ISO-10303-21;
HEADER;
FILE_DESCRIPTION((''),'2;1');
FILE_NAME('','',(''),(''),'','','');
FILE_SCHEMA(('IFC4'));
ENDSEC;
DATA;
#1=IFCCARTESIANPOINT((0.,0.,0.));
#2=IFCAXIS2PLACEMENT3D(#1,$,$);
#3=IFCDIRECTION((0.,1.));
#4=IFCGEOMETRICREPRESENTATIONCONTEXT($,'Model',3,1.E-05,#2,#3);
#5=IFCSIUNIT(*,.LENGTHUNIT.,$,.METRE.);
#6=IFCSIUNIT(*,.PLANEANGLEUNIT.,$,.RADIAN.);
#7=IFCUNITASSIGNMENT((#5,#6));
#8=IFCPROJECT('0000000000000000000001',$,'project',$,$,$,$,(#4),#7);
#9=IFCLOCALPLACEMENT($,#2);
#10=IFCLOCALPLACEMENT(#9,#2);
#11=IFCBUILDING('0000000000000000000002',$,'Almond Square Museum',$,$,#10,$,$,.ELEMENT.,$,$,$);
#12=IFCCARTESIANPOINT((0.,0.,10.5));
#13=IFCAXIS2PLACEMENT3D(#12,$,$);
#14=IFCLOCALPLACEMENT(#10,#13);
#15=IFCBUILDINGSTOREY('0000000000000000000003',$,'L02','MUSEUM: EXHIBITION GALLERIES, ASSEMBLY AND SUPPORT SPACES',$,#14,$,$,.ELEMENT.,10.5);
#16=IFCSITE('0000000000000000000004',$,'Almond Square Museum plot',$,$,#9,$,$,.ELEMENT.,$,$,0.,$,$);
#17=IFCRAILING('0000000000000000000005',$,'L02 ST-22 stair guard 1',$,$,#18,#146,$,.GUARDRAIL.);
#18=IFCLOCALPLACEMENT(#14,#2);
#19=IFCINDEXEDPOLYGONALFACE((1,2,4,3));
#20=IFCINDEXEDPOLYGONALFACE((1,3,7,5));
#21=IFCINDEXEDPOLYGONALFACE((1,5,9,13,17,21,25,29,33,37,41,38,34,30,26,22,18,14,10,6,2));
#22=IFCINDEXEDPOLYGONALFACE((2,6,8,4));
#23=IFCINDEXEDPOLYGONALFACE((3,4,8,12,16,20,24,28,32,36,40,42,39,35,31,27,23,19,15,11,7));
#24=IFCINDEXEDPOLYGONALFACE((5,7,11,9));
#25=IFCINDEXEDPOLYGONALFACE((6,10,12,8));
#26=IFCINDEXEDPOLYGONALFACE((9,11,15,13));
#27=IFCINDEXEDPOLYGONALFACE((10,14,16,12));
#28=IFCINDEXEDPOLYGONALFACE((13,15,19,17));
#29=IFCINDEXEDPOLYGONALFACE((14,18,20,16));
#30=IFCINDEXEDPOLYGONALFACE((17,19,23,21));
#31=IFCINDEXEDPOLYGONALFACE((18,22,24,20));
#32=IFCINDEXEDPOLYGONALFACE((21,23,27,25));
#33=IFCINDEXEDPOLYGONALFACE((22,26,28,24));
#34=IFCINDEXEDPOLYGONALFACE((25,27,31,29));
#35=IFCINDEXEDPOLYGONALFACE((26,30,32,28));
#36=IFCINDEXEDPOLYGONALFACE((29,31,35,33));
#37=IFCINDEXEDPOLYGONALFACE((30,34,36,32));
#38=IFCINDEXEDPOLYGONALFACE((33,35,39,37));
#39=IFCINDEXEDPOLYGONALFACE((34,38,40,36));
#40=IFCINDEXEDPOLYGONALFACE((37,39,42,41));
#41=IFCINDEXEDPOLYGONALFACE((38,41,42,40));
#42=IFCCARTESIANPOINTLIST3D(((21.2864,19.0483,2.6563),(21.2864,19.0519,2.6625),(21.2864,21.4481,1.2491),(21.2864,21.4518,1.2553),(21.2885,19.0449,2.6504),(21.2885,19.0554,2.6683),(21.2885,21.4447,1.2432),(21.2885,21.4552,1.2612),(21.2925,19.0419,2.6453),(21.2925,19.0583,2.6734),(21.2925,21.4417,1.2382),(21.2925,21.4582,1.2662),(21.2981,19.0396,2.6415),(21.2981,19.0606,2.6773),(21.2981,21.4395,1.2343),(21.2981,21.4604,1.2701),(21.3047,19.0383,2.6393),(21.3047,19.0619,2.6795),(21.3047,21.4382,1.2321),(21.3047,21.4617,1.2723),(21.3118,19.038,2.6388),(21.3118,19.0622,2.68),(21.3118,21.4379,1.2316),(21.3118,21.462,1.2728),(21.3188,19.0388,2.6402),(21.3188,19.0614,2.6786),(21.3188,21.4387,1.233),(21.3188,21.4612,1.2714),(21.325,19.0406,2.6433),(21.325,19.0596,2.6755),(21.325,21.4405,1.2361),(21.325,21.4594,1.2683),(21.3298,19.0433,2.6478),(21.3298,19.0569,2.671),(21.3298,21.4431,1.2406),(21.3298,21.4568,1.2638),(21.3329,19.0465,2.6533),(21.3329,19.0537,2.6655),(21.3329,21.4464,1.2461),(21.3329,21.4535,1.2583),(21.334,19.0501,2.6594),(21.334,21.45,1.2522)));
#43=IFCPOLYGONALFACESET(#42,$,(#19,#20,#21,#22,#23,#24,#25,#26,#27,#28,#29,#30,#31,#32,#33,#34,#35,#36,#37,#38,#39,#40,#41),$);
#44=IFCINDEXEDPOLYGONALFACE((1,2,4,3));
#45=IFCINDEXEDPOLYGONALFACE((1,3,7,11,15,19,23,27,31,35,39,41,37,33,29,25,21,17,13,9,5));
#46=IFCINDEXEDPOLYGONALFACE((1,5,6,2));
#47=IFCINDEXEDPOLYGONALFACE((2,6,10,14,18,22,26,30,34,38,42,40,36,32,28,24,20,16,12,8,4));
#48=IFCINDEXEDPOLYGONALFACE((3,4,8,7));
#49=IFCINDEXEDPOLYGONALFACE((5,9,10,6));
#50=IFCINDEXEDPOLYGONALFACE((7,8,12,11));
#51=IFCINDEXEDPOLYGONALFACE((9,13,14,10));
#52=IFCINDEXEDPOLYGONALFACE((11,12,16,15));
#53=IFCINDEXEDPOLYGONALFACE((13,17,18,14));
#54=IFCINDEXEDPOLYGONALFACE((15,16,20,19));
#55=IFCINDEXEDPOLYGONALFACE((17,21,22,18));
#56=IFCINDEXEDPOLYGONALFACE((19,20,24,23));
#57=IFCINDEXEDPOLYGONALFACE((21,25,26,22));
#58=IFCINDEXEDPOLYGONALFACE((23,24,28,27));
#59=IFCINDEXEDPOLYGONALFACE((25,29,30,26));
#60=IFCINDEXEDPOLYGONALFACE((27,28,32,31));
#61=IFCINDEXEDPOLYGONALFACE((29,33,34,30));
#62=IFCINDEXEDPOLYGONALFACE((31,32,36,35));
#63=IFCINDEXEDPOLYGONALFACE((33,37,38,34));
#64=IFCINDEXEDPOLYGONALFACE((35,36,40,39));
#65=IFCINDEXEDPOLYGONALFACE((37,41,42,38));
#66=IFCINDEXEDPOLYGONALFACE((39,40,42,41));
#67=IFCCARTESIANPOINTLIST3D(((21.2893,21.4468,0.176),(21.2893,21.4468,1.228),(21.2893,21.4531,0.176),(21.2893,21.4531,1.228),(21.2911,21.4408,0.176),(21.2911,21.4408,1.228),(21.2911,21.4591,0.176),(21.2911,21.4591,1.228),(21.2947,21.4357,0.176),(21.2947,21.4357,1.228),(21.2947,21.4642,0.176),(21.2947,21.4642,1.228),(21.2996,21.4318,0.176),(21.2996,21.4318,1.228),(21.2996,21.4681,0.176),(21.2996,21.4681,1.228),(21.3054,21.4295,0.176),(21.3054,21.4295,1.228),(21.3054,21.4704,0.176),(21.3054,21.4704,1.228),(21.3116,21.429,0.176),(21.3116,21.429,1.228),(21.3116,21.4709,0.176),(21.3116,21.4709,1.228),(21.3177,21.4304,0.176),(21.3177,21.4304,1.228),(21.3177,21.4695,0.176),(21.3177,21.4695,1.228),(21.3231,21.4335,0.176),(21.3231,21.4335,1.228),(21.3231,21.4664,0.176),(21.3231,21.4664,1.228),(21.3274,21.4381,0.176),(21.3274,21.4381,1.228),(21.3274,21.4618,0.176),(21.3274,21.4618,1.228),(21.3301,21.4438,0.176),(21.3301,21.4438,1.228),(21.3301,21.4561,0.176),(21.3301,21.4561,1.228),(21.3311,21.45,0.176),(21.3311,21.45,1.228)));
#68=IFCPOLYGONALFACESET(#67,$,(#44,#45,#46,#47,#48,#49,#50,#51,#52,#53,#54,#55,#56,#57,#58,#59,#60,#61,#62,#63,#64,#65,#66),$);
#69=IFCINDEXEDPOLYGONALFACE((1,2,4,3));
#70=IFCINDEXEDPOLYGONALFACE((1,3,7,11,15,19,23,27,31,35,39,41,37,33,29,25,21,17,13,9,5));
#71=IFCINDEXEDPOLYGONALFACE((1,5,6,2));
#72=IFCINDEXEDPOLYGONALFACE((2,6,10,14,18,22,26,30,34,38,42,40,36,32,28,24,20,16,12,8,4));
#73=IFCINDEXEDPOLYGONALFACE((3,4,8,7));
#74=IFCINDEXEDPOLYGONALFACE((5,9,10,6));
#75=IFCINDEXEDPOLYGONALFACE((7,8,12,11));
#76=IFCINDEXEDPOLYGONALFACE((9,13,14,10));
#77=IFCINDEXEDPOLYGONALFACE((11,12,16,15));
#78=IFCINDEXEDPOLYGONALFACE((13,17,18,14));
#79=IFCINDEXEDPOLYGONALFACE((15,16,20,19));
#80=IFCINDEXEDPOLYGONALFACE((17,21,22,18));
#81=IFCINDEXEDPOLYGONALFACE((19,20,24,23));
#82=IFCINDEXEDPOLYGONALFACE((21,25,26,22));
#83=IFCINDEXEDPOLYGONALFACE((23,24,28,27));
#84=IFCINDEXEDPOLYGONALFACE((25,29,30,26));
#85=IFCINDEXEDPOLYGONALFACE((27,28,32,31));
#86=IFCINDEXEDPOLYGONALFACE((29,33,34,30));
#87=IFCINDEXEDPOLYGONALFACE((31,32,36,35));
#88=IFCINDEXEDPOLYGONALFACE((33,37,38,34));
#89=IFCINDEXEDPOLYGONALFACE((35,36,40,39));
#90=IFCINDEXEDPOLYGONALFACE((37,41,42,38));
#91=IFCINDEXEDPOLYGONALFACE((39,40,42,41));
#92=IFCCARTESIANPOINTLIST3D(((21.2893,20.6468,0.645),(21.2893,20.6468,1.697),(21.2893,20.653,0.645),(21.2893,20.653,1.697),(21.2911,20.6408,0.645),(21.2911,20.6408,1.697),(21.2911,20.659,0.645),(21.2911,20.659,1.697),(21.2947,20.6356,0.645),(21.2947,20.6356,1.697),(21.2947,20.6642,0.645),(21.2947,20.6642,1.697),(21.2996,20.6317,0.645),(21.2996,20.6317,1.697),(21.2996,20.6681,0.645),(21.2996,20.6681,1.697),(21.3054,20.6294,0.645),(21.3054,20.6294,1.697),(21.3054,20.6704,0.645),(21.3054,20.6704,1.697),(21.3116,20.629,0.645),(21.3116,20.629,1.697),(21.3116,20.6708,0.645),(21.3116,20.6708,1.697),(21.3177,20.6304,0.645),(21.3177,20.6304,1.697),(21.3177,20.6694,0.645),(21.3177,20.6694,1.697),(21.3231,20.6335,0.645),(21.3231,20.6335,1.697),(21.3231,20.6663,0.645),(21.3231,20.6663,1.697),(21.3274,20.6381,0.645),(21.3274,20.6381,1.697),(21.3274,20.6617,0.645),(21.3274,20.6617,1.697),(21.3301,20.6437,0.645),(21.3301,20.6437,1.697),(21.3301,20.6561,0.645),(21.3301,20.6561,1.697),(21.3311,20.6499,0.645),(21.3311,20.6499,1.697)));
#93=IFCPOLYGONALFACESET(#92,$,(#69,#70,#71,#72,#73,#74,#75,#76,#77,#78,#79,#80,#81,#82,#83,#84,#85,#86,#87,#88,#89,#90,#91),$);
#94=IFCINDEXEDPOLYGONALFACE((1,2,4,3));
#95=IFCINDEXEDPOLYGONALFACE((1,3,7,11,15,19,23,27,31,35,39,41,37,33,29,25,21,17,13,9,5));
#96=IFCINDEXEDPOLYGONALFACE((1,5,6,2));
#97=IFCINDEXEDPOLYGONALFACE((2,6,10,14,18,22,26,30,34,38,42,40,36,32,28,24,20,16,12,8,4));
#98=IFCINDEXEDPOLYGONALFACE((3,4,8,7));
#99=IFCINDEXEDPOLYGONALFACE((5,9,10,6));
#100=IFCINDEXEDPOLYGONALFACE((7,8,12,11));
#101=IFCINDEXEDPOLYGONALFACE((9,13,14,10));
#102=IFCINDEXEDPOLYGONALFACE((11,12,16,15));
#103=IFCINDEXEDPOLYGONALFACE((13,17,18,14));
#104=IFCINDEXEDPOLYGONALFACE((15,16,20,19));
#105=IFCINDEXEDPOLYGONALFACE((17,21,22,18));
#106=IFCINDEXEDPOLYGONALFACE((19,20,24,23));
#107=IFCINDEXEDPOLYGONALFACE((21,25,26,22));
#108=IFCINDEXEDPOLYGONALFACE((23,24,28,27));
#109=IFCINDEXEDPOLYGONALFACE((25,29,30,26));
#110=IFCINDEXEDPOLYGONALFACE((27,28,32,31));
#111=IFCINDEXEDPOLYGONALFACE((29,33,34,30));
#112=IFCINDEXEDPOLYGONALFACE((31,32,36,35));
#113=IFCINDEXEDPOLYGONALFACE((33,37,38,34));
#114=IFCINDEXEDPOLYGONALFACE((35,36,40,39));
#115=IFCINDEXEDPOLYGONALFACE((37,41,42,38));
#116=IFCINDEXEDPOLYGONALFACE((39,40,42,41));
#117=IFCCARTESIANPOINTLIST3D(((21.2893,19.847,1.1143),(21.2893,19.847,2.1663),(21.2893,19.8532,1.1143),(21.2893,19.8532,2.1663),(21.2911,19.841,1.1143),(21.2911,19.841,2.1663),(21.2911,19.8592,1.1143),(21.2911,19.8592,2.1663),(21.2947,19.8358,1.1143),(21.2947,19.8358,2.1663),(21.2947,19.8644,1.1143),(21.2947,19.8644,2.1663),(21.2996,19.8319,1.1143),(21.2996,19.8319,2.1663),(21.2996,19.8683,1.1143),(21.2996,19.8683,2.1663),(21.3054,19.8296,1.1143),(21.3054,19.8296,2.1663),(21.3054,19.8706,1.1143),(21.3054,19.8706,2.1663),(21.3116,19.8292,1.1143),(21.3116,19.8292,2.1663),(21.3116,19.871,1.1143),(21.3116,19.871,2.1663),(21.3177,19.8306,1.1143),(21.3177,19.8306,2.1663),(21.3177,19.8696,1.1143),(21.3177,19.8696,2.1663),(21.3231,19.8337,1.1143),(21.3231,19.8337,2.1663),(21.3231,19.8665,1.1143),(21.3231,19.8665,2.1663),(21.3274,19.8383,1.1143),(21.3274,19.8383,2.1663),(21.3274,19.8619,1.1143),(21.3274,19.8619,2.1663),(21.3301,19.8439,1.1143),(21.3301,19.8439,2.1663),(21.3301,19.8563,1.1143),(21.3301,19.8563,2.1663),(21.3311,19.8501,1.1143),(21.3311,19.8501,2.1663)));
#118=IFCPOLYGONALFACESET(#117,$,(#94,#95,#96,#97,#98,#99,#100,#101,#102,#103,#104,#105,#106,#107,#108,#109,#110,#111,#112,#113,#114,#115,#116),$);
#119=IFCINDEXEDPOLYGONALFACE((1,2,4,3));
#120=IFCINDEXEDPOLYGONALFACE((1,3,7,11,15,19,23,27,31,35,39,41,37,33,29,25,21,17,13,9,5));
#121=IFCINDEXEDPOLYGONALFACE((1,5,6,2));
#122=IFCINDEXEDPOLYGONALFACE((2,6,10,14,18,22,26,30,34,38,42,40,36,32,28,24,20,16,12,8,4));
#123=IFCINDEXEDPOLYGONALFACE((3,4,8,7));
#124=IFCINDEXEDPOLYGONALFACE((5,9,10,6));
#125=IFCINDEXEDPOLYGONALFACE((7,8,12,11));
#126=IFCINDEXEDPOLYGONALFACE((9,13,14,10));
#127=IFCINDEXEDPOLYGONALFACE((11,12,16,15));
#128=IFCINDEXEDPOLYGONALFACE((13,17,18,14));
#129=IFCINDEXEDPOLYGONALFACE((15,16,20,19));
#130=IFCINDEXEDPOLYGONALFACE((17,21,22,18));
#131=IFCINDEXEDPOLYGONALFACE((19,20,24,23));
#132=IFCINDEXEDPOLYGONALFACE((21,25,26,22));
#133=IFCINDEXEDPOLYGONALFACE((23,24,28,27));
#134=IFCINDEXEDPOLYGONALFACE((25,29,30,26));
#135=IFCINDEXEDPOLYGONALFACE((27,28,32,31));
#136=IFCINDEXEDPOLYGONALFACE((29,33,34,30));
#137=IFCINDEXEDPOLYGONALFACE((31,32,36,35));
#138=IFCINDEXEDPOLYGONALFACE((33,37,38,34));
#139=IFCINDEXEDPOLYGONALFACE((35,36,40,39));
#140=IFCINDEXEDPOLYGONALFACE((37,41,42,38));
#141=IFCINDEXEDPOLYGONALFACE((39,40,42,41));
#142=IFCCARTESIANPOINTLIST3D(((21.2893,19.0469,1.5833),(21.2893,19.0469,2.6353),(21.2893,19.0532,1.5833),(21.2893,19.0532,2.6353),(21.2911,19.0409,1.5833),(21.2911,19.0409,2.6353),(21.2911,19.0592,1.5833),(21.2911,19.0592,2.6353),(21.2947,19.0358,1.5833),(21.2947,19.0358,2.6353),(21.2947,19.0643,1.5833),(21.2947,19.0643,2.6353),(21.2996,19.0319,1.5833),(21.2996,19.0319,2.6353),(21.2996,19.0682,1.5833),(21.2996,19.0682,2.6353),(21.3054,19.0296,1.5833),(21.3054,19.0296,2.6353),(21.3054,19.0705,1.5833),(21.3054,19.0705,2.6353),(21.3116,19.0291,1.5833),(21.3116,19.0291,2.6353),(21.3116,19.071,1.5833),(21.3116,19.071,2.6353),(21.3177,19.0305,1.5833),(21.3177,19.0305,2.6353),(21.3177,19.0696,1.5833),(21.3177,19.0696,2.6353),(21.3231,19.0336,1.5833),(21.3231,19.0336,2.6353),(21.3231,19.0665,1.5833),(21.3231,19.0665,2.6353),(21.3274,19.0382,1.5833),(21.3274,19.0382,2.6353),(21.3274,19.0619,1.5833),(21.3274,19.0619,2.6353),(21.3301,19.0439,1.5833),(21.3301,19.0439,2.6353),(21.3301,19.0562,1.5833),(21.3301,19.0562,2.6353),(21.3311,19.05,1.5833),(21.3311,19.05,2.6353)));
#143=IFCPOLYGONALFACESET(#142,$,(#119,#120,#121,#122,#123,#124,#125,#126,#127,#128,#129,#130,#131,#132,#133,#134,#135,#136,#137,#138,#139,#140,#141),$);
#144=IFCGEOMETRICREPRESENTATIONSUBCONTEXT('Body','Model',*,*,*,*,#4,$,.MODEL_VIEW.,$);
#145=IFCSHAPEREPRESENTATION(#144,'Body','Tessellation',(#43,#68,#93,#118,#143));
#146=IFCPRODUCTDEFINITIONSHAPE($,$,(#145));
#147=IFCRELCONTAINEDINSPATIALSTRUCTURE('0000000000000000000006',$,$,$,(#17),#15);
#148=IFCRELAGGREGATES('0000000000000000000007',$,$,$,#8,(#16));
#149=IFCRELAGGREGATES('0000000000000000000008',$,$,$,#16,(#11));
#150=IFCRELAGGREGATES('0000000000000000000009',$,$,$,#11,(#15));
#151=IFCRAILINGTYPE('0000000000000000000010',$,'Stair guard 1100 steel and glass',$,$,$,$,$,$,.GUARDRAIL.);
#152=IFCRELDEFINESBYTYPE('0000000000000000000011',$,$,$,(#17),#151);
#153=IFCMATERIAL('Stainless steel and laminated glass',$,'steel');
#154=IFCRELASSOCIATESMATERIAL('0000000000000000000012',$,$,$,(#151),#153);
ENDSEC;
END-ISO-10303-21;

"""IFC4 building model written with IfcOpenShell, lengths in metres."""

from ifc_helpers import new_model, si_unit, direction, frame, origin, origin_2d, place, context, subcontext, project, spatial, circle, extrude, material, type_object, element, save


model = new_model("IFC4")

# Units and contexts
model_context = context("Model", 3, precision=1e-05, world=origin(), true_north=direction((0.0, 1.0)))
body_context = subcontext(model_context, "Body", "Model", "MODEL_VIEW")
ifc_project = project(units=[si_unit("LENGTHUNIT", "METRE"), si_unit("PLANEANGLEUNIT", "RADIAN")], contexts=[model_context])

# Site, building, storey
site_placement = place(None, origin())
site = spatial("IfcSite", under=ifc_project, at=site_placement, Name="Almond Square Museum plot", CompositionType="ELEMENT", RefElevation=0.0)
building_placement = place(site_placement, origin())
building = spatial("IfcBuilding", under=site, at=building_placement, Name="Almond Square Museum", CompositionType="ELEMENT")
storey_placement = place(building_placement, frame((0.0, 0.0, 10.5)))
storey = spatial("IfcBuildingStorey", under=building, at=storey_placement, Name="L02", Description="MUSEUM: EXHIBITION GALLERIES, ASSEMBLY AND SUPPORT SPACES", CompositionType="ELEMENT", Elevation=10.5)

# Railing
ifc_material_1 = material(Name="Stainless steel and laminated glass", Category="steel")
railing_type_1 = type_object("IfcRailingType", Name="Stair guard 1100 steel and glass", PredefinedType="GUARDRAIL", material=ifc_material_1)
railing_1_placement = place(storey_placement, frame((21.3101, 21.45, 0.176)))
element("IfcRailing", 1, at=railing_1_placement, inside=storey, type_object=railing_type_1, Name="L02 ST-22 stair guard 1", PredefinedType="GUARDRAIL", context=body_context, shape_type="SweptSolid", body=[
    extrude(circle(Radius=0.0239, at=origin_2d()), frame((0.0, 0.0, 1.0762), z_axis=(0.0, -0.862637, 0.505823), x_axis=(1.0, 0.0, 0.0)), (0.0, 0.0, 1.0), 2.782),
    extrude(circle(Radius=0.021, at=origin_2d()), origin(), (0.0, 0.0, 1.0), 1.052),
    extrude(circle(Radius=0.021, at=origin_2d()), frame((0.0, -0.8, 0.469)), (0.0, 0.0, 1.0), 1.052),
    extrude(circle(Radius=0.021, at=origin_2d()), frame((0.0, -1.5999, 0.9382)), (0.0, 0.0, 1.0), 1.052),
    extrude(circle(Radius=0.021, at=origin_2d()), frame((0.0, -2.3999, 1.4072)), (0.0, 0.0, 1.0), 1.052),
])

save(model, "model.ifc")
